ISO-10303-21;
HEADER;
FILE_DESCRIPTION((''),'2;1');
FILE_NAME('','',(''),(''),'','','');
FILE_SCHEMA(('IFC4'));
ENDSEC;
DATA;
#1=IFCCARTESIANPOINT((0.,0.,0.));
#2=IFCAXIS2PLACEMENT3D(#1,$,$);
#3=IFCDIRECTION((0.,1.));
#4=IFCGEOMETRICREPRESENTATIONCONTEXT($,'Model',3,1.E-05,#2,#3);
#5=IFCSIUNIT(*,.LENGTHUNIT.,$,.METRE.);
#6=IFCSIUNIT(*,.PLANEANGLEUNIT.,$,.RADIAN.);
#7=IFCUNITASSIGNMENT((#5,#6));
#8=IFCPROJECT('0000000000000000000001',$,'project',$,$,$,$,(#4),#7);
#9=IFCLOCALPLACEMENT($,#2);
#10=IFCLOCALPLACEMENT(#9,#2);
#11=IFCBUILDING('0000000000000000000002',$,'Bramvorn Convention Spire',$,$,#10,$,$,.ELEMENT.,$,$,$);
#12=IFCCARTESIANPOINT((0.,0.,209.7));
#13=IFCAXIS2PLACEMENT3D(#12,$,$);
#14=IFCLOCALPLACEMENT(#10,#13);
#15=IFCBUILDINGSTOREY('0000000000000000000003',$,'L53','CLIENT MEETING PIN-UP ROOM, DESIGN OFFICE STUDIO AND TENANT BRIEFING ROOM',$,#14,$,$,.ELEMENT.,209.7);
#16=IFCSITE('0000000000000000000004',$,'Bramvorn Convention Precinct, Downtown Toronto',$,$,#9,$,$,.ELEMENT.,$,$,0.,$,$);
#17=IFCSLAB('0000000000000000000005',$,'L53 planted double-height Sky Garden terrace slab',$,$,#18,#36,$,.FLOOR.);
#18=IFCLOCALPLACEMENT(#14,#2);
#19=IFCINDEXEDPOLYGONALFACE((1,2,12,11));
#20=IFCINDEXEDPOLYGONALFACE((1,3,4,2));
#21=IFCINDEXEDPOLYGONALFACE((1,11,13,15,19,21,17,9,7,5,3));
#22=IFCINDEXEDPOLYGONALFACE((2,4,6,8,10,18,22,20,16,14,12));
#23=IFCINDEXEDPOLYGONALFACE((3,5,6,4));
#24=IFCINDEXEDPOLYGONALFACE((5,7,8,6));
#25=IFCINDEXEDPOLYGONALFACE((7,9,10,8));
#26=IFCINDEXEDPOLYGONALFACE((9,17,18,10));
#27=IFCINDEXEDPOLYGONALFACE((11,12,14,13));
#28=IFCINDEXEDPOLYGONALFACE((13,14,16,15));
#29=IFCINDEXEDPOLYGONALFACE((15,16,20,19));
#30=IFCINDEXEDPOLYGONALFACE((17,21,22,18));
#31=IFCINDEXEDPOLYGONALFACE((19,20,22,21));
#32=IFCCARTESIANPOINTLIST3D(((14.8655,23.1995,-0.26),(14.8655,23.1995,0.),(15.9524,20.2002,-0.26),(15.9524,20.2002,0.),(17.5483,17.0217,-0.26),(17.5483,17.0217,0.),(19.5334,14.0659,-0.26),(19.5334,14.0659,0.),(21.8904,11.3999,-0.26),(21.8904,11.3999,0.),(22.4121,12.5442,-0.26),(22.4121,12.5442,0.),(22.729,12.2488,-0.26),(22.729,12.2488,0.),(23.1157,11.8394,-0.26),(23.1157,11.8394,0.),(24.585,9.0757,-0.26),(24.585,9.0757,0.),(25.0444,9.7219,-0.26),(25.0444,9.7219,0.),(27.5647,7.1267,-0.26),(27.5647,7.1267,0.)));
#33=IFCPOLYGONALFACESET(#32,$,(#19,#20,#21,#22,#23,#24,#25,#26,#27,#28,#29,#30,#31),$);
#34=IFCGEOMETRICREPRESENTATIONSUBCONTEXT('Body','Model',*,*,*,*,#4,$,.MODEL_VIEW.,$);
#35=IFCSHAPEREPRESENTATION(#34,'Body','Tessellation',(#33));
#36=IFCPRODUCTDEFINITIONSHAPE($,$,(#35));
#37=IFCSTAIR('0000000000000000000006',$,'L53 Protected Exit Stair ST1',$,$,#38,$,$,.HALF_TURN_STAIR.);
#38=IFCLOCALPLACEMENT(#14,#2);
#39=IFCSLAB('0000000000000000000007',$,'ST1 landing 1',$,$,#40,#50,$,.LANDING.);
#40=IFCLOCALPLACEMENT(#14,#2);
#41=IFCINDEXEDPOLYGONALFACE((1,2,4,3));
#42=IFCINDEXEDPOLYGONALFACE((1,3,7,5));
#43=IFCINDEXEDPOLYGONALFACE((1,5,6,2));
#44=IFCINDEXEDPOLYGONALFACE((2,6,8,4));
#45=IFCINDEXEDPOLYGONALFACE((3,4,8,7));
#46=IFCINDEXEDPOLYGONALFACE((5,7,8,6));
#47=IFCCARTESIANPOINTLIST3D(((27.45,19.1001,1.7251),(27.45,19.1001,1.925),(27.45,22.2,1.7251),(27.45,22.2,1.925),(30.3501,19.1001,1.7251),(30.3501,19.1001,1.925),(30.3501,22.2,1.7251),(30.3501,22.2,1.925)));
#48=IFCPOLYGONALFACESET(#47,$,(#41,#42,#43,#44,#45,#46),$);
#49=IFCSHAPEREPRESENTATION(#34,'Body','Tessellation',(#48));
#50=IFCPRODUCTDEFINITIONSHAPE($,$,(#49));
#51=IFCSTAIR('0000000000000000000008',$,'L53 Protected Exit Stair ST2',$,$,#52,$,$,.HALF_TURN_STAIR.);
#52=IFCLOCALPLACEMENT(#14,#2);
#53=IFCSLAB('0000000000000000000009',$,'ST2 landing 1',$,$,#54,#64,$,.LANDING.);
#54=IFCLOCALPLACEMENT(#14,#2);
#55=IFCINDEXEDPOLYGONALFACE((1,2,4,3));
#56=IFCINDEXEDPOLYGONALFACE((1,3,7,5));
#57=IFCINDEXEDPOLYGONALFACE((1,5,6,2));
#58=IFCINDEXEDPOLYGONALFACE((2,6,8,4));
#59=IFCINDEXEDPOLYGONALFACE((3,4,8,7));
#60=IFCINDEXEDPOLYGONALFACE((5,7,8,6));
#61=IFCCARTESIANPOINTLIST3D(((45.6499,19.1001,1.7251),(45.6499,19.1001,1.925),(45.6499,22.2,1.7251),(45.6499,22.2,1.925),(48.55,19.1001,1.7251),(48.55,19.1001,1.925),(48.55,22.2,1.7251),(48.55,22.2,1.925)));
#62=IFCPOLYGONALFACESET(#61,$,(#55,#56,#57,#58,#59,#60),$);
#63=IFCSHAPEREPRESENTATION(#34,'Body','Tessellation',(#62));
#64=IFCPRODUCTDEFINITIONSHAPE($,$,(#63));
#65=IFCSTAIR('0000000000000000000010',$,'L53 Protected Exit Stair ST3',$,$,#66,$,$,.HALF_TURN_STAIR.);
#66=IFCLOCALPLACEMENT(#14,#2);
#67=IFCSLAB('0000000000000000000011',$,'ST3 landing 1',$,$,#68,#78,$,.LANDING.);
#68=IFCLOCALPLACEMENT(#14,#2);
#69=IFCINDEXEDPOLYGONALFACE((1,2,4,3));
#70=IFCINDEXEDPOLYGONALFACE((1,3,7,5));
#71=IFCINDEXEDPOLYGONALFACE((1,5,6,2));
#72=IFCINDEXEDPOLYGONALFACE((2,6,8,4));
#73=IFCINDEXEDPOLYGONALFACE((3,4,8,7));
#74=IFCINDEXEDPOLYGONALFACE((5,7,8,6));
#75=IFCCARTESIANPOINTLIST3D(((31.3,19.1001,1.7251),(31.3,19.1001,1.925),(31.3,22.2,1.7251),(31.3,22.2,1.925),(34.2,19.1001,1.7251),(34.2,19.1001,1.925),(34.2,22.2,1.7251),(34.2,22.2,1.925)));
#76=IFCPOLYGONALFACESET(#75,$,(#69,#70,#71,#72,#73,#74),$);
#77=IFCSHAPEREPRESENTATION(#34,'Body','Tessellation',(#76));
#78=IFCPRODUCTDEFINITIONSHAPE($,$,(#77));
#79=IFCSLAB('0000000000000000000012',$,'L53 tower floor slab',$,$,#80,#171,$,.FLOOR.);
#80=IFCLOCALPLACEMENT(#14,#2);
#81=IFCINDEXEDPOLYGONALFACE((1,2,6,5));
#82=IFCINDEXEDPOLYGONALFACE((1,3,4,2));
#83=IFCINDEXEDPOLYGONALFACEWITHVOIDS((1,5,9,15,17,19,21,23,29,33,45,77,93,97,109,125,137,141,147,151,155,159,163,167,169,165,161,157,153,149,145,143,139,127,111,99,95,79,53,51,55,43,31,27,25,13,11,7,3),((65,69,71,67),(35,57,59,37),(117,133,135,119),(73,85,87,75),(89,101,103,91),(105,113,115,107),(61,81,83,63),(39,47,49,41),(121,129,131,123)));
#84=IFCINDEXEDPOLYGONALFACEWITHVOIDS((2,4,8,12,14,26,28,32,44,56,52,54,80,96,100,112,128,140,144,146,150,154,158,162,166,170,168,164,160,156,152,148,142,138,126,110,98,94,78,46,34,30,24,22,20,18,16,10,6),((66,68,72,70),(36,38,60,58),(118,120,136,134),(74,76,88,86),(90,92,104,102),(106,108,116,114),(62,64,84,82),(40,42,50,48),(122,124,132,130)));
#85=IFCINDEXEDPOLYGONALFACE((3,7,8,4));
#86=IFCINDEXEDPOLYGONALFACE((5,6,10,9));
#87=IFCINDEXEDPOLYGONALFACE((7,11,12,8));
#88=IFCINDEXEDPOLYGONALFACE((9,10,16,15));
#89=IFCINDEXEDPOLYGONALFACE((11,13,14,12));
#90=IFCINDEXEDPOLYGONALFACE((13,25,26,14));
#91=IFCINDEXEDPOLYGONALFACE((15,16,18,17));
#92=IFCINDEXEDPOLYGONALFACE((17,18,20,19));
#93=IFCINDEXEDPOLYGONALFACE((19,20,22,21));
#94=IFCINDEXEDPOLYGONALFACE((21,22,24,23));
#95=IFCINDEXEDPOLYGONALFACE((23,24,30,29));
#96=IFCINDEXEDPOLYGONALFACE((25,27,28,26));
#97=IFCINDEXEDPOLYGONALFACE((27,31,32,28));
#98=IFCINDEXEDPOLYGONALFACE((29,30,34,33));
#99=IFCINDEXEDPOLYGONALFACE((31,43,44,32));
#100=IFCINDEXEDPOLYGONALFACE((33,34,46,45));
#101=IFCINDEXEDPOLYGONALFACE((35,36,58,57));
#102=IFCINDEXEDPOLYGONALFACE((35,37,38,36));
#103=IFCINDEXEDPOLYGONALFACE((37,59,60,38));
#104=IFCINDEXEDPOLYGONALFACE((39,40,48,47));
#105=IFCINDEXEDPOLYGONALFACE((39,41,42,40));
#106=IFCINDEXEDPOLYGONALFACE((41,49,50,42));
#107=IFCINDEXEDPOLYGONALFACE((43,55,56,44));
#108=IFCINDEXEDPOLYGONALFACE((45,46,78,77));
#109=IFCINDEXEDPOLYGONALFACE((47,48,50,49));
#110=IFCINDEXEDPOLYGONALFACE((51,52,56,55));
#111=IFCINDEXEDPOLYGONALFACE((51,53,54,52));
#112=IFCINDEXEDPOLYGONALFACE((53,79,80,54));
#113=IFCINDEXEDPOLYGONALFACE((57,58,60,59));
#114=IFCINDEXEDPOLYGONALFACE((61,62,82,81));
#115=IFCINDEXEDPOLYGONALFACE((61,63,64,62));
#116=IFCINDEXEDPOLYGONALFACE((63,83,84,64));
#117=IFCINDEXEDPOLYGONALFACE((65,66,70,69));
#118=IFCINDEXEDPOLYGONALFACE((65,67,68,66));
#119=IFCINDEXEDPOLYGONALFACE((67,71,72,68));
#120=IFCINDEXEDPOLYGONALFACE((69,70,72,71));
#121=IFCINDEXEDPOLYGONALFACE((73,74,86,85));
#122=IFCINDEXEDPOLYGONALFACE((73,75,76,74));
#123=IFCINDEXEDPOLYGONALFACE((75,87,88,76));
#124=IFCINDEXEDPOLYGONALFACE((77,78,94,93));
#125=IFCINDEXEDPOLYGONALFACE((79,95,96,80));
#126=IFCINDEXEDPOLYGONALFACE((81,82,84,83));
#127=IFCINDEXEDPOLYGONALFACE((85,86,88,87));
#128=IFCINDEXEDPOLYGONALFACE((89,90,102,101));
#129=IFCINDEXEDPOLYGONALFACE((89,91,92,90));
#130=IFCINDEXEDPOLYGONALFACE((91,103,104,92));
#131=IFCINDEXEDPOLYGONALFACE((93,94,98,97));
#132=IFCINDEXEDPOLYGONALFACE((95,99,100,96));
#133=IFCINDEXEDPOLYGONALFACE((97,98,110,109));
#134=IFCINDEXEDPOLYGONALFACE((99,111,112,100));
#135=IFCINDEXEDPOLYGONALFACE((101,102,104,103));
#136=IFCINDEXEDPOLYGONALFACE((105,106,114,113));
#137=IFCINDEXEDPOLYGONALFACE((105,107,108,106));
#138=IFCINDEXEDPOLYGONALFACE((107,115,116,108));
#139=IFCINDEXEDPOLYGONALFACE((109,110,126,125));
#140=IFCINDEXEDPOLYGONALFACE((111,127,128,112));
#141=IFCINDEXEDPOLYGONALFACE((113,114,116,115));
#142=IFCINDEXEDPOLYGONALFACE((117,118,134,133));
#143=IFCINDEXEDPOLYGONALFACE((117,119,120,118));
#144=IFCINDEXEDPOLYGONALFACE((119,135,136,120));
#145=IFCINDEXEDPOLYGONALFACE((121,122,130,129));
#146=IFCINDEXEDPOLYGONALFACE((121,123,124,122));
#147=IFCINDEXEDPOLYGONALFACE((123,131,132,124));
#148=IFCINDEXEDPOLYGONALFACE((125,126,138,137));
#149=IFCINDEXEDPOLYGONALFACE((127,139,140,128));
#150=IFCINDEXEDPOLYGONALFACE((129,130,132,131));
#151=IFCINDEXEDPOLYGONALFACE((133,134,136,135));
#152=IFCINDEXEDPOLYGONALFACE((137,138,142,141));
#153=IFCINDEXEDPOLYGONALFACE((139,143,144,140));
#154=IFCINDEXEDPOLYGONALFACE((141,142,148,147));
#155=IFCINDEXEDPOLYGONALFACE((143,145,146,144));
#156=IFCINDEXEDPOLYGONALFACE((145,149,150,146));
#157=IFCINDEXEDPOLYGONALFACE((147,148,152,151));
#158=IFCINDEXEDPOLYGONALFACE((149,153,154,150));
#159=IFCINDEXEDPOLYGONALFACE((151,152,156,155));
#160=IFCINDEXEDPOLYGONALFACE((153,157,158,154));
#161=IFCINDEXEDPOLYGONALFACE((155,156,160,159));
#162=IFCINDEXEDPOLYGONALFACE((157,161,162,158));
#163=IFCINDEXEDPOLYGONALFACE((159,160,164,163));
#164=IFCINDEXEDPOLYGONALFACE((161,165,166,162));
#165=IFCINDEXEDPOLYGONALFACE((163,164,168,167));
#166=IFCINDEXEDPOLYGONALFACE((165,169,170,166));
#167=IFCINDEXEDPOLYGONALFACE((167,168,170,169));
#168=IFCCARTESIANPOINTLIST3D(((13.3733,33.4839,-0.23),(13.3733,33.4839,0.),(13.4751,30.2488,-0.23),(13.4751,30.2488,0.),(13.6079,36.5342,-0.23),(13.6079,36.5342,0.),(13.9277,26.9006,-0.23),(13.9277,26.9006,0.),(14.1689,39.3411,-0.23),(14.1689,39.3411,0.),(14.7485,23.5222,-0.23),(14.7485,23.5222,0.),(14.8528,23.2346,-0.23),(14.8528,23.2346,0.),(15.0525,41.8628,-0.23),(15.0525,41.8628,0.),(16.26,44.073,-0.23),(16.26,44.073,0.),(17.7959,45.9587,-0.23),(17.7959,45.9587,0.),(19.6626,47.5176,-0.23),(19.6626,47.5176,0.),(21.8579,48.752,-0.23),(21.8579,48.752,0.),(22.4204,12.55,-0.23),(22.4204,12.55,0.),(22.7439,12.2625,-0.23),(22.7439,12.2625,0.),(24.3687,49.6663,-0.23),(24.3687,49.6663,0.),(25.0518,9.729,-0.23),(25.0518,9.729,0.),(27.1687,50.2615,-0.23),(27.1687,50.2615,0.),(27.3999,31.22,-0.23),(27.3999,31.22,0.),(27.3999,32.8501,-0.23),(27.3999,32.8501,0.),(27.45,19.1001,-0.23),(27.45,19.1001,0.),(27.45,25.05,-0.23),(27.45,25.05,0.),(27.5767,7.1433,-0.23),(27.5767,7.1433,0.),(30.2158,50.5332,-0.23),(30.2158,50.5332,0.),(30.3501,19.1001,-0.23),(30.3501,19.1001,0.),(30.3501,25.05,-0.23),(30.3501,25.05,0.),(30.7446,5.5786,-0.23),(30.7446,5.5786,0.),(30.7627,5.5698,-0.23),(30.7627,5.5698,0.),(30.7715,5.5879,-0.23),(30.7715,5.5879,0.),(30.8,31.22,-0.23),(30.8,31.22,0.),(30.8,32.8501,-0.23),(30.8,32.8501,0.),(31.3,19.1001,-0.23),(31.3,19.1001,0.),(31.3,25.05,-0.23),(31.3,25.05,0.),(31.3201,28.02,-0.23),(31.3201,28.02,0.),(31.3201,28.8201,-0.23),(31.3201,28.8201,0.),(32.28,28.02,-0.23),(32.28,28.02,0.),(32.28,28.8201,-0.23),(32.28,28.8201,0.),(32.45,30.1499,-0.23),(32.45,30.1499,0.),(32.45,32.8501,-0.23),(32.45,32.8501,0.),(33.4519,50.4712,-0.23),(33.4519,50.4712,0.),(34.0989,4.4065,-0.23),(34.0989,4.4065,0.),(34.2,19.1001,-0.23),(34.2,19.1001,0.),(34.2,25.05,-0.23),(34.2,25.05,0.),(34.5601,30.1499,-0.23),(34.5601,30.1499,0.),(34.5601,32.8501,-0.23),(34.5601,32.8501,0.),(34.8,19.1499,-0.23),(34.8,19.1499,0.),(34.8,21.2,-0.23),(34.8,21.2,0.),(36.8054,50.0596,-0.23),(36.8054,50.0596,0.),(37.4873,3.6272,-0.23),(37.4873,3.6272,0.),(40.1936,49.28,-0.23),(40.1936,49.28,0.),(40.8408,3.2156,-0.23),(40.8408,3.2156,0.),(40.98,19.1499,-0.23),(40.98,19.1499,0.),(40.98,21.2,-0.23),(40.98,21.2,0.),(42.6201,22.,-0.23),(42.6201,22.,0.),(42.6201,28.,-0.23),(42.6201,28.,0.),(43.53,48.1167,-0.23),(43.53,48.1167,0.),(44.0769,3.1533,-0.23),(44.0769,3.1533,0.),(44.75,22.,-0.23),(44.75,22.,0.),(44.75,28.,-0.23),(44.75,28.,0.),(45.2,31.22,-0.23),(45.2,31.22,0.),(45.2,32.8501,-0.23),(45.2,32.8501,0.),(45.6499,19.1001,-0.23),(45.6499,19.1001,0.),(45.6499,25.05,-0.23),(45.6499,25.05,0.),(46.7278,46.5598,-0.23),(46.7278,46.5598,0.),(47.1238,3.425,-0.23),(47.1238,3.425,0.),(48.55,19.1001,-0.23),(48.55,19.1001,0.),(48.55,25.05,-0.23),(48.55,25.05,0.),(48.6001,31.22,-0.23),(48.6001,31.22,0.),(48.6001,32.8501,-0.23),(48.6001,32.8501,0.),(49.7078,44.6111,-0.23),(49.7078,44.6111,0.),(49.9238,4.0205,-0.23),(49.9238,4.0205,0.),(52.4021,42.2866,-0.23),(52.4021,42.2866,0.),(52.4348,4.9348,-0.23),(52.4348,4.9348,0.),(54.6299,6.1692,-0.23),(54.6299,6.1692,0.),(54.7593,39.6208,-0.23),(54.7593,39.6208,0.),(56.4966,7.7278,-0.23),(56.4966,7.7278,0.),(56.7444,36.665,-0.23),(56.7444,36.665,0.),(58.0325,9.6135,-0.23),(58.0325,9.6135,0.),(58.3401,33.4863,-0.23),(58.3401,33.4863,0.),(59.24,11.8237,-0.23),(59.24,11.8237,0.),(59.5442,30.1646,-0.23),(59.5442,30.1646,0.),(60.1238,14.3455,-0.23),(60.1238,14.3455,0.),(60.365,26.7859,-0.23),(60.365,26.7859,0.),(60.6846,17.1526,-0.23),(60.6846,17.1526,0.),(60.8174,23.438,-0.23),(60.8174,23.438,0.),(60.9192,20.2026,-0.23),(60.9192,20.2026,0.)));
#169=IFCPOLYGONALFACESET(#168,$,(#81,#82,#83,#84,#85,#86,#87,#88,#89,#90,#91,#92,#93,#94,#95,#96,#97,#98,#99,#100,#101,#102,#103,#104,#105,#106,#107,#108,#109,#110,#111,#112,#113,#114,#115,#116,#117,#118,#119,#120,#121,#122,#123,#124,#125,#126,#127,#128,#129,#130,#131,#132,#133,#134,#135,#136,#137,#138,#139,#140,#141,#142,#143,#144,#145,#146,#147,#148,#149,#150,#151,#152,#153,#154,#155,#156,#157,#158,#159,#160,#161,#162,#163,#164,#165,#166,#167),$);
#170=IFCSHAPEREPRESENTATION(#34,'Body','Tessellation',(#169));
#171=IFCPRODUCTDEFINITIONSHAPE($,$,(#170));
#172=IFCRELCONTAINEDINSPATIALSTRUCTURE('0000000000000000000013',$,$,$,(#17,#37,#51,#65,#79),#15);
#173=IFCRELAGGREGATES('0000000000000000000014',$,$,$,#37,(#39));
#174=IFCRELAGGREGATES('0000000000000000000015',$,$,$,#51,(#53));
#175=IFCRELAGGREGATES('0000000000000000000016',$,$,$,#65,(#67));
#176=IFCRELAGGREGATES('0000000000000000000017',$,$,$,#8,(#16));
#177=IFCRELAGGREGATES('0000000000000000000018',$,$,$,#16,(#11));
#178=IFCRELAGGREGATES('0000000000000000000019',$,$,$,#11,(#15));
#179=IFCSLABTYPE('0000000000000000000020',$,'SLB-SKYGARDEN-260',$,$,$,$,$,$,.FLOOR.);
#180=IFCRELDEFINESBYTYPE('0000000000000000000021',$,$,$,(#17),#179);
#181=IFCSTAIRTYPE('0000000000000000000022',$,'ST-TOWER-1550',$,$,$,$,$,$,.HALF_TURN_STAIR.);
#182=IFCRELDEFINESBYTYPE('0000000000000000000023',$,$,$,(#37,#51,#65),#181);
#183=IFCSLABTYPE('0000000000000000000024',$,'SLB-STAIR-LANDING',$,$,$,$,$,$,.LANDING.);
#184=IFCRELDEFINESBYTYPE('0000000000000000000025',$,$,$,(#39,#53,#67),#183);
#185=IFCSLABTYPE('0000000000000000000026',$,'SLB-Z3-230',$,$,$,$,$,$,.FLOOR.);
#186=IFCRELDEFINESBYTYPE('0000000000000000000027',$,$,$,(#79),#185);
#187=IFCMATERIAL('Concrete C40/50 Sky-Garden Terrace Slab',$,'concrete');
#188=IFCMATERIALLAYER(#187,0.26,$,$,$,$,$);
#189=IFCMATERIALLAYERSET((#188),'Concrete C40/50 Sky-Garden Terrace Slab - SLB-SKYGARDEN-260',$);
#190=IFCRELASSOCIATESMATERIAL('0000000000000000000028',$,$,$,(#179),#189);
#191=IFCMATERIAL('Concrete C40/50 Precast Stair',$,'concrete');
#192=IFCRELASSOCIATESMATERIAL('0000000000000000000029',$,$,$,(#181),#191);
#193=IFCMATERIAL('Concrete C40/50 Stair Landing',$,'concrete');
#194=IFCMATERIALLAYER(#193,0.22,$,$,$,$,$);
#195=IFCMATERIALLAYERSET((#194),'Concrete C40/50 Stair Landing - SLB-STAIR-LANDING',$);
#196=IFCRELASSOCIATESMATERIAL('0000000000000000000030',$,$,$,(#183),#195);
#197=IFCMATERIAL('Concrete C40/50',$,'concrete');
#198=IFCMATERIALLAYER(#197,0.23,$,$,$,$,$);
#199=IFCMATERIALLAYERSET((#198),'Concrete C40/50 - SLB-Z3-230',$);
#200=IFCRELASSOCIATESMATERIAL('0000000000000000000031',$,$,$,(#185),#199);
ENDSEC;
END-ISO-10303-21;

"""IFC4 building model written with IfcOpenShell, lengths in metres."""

from ifc_helpers import new_model, si_unit, direction, frame, origin, place, context, subcontext, project, spatial, polyline, outline, extrude, material, layer, layer_set, type_object, element, aggregate, save


model = new_model("IFC4")

# Units and contexts
model_context = context("Model", 3, precision=1e-05, world=origin(), true_north=direction((0.0, 1.0)))
body_context = subcontext(model_context, "Body", "Model", "MODEL_VIEW")
ifc_project = project(units=[si_unit("LENGTHUNIT", "METRE"), si_unit("PLANEANGLEUNIT", "RADIAN")], contexts=[model_context])

# Site, building, storey
site_placement = place(None, origin())
site = spatial("IfcSite", under=ifc_project, at=site_placement, Name="Bramvorn Convention Precinct, Downtown Toronto", CompositionType="ELEMENT", RefElevation=0.0)
building_placement = place(site_placement, origin())
building = spatial("IfcBuilding", under=site, at=building_placement, Name="Bramvorn Convention Spire", CompositionType="ELEMENT")
storey_placement = place(building_placement, frame((0.0, 0.0, 209.7)))
storey = spatial("IfcBuildingStorey", under=building, at=storey_placement, Name="L53", Description="CLIENT MEETING PIN-UP ROOM, DESIGN OFFICE STUDIO AND TENANT BRIEFING ROOM", CompositionType="ELEMENT", Elevation=209.7)

# Slab
ifc_material_1 = material(Name="Concrete C40/50 Sky-Garden Terrace Slab", Category="concrete")
ifc_layer_1 = layer(ifc_material_1, 0.26)
ifc_layer_set_1 = layer_set([ifc_layer_1], Name="Concrete C40/50 Sky-Garden Terrace Slab - SLB-SKYGARDEN-260")
slab_type_1 = type_object("IfcSlabType", Name="SLB-SKYGARDEN-260", PredefinedType="FLOOR", material=ifc_layer_set_1)
slab_1_placement = place(storey_placement, frame((0.0, 0.0, -0.26)))
element("IfcSlab", 1, at=slab_1_placement, inside=storey, type_object=slab_type_1, Name="L53 planted double-height Sky Garden terrace slab", PredefinedType="FLOOR", context=body_context, shape_type="SweptSolid", body=[
    extrude(outline(polyline([(24.585, 9.0757), (27.5647, 7.1267), (25.0444, 9.7219), (23.1157, 11.8394), (22.729, 12.2488), (22.4121, 12.5442), (14.8655, 23.1995), (15.9524, 20.2002), (17.5483, 17.0217), (19.5334, 14.0659), (21.8904, 11.3999), (24.585, 9.0757)])), origin(), (0.0, 0.0, 1.0), 0.26),
])

# Stairs, slabs
ifc_material_2 = material(Name="Concrete C40/50 Precast Stair", Category="concrete")
stair_type = type_object("IfcStairType", Name="ST-TOWER-1550", PredefinedType="HALF_TURN_STAIR", material=ifc_material_2)
stair_1_placement = place(storey_placement, origin())
stair_1 = element("IfcStair", 2, at=stair_1_placement, inside=storey, type_object=stair_type, Name="L53 Protected Exit Stair ST1", PredefinedType="HALF_TURN_STAIR")
ifc_material_3 = material(Name="Concrete C40/50 Stair Landing", Category="concrete")
ifc_layer_2 = layer(ifc_material_3, 0.22)
ifc_layer_set_2 = layer_set([ifc_layer_2], Name="Concrete C40/50 Stair Landing - SLB-STAIR-LANDING")
slab_type_2 = type_object("IfcSlabType", Name="SLB-STAIR-LANDING", PredefinedType="LANDING", material=ifc_layer_set_2)
slab_2_placement = place(storey_placement, frame((0.0, 0.0, 1.7251)))
slab_2 = element("IfcSlab", 3, at=slab_2_placement, type_object=slab_type_2, Name="ST1 landing 1", PredefinedType="LANDING", context=body_context, shape_type="SweptSolid", body=[
    extrude(outline(polyline([(27.45, 22.2), (27.45, 19.1001), (30.3501, 19.1001), (30.3501, 22.2), (27.45, 22.2)])), origin(), (0.0, 0.0, 1.0), 0.2),
])
aggregate(stair_1, [slab_2])
stair_2_placement = place(storey_placement, origin())
stair_2 = element("IfcStair", 4, at=stair_2_placement, inside=storey, type_object=stair_type, Name="L53 Protected Exit Stair ST2", PredefinedType="HALF_TURN_STAIR")
slab_3_placement = place(storey_placement, frame((0.0, 0.0, 1.7251)))
slab_3 = element("IfcSlab", 5, at=slab_3_placement, type_object=slab_type_2, Name="ST2 landing 1", PredefinedType="LANDING", context=body_context, shape_type="SweptSolid", body=[
    extrude(outline(polyline([(45.6499, 22.2), (45.6499, 19.1001), (48.55, 19.1001), (48.55, 22.2), (45.6499, 22.2)])), origin(), (0.0, 0.0, 1.0), 0.2),
])
aggregate(stair_2, [slab_3])
stair_3_placement = place(storey_placement, origin())
stair_3 = element("IfcStair", 6, at=stair_3_placement, inside=storey, type_object=stair_type, Name="L53 Protected Exit Stair ST3", PredefinedType="HALF_TURN_STAIR")
slab_4_placement = place(storey_placement, frame((0.0, 0.0, 1.7251)))
slab_4 = element("IfcSlab", 7, at=slab_4_placement, type_object=slab_type_2, Name="ST3 landing 1", PredefinedType="LANDING", context=body_context, shape_type="SweptSolid", body=[
    extrude(outline(polyline([(31.3, 22.2), (31.3, 19.1001), (34.2, 19.1001), (34.2, 22.2), (31.3, 22.2)])), origin(), (0.0, 0.0, 1.0), 0.2),
])
aggregate(stair_3, [slab_4])

# Slab
ifc_material_4 = material(Name="Concrete C40/50", Category="concrete")
ifc_layer_3 = layer(ifc_material_4, 0.23)
ifc_layer_set_3 = layer_set([ifc_layer_3], Name="Concrete C40/50 - SLB-Z3-230")
slab_type_3 = type_object("IfcSlabType", Name="SLB-Z3-230", PredefinedType="FLOOR", material=ifc_layer_set_3)
slab_5_placement = place(storey_placement, frame((0.0, 0.0, -0.23)))
element("IfcSlab", 8, at=slab_5_placement, inside=storey, type_object=slab_type_3, Name="L53 tower floor slab", PredefinedType="FLOOR", context=body_context, shape_type="SweptSolid", body=[
    extrude(outline(polyline([(54.6299, 6.1692), (52.4348, 4.9348), (49.9238, 4.0205), (47.1238, 3.425), (44.0769, 3.1533), (40.8408, 3.2156), (37.4873, 3.6272), (34.0989, 4.4065), (30.7627, 5.5698), (30.7446, 5.5786), (30.7715, 5.5879), (27.5767, 7.1433), (25.0518, 9.729), (22.7439, 12.2625), (22.4204, 12.55), (14.8528, 23.2346), (14.7485, 23.5222), (13.9277, 26.9006), (13.4751, 30.2488), (13.3733, 33.4839), (13.6079, 36.5342), (14.1689, 39.3411), (15.0525, 41.8628), (16.26, 44.073), (17.7959, 45.9587), (19.6626, 47.5176), (21.8579, 48.752), (24.3687, 49.6663), (27.1687, 50.2615), (30.2158, 50.5332), (33.4519, 50.4712), (36.8054, 50.0596), (40.1936, 49.28), (43.53, 48.1167), (46.7278, 46.5598), (49.7078, 44.6111), (52.4021, 42.2866), (54.7593, 39.6208), (56.7444, 36.665), (58.3401, 33.4863), (59.5442, 30.1646), (60.365, 26.7859), (60.8174, 23.438), (60.9192, 20.2026), (60.6846, 17.1526), (60.1238, 14.3455), (59.24, 11.8237), (58.0325, 9.6135), (56.4966, 7.7278), (54.6299, 6.1692)]), holes=[polyline([(27.45, 25.05), (27.45, 19.1001), (30.3501, 19.1001), (30.3501, 25.05), (27.45, 25.05)]), polyline([(45.6499, 25.05), (45.6499, 19.1001), (48.55, 19.1001), (48.55, 25.05), (45.6499, 25.05)]), polyline([(31.3, 25.05), (31.3, 19.1001), (34.2, 19.1001), (34.2, 25.05), (31.3, 25.05)]), polyline([(27.3999, 31.22), (30.8, 31.22), (30.8, 32.8501), (27.3999, 32.8501), (27.3999, 31.22)]), polyline([(45.2, 31.22), (48.6001, 31.22), (48.6001, 32.8501), (45.2, 32.8501), (45.2, 31.22)]), polyline([(32.45, 30.1499), (34.5601, 30.1499), (34.5601, 32.8501), (32.45, 32.8501), (32.45, 30.1499)]), polyline([(34.8, 19.1499), (40.98, 19.1499), (40.98, 21.2), (34.8, 21.2), (34.8, 19.1499)]), polyline([(42.6201, 22.0), (44.75, 22.0), (44.75, 28.0), (42.6201, 28.0), (42.6201, 22.0)]), polyline([(31.3201, 28.02), (32.28, 28.02), (32.28, 28.8201), (31.3201, 28.8201), (31.3201, 28.02)])]), origin(), (0.0, 0.0, 1.0), 0.23),
])

save(model, "model.ifc")
